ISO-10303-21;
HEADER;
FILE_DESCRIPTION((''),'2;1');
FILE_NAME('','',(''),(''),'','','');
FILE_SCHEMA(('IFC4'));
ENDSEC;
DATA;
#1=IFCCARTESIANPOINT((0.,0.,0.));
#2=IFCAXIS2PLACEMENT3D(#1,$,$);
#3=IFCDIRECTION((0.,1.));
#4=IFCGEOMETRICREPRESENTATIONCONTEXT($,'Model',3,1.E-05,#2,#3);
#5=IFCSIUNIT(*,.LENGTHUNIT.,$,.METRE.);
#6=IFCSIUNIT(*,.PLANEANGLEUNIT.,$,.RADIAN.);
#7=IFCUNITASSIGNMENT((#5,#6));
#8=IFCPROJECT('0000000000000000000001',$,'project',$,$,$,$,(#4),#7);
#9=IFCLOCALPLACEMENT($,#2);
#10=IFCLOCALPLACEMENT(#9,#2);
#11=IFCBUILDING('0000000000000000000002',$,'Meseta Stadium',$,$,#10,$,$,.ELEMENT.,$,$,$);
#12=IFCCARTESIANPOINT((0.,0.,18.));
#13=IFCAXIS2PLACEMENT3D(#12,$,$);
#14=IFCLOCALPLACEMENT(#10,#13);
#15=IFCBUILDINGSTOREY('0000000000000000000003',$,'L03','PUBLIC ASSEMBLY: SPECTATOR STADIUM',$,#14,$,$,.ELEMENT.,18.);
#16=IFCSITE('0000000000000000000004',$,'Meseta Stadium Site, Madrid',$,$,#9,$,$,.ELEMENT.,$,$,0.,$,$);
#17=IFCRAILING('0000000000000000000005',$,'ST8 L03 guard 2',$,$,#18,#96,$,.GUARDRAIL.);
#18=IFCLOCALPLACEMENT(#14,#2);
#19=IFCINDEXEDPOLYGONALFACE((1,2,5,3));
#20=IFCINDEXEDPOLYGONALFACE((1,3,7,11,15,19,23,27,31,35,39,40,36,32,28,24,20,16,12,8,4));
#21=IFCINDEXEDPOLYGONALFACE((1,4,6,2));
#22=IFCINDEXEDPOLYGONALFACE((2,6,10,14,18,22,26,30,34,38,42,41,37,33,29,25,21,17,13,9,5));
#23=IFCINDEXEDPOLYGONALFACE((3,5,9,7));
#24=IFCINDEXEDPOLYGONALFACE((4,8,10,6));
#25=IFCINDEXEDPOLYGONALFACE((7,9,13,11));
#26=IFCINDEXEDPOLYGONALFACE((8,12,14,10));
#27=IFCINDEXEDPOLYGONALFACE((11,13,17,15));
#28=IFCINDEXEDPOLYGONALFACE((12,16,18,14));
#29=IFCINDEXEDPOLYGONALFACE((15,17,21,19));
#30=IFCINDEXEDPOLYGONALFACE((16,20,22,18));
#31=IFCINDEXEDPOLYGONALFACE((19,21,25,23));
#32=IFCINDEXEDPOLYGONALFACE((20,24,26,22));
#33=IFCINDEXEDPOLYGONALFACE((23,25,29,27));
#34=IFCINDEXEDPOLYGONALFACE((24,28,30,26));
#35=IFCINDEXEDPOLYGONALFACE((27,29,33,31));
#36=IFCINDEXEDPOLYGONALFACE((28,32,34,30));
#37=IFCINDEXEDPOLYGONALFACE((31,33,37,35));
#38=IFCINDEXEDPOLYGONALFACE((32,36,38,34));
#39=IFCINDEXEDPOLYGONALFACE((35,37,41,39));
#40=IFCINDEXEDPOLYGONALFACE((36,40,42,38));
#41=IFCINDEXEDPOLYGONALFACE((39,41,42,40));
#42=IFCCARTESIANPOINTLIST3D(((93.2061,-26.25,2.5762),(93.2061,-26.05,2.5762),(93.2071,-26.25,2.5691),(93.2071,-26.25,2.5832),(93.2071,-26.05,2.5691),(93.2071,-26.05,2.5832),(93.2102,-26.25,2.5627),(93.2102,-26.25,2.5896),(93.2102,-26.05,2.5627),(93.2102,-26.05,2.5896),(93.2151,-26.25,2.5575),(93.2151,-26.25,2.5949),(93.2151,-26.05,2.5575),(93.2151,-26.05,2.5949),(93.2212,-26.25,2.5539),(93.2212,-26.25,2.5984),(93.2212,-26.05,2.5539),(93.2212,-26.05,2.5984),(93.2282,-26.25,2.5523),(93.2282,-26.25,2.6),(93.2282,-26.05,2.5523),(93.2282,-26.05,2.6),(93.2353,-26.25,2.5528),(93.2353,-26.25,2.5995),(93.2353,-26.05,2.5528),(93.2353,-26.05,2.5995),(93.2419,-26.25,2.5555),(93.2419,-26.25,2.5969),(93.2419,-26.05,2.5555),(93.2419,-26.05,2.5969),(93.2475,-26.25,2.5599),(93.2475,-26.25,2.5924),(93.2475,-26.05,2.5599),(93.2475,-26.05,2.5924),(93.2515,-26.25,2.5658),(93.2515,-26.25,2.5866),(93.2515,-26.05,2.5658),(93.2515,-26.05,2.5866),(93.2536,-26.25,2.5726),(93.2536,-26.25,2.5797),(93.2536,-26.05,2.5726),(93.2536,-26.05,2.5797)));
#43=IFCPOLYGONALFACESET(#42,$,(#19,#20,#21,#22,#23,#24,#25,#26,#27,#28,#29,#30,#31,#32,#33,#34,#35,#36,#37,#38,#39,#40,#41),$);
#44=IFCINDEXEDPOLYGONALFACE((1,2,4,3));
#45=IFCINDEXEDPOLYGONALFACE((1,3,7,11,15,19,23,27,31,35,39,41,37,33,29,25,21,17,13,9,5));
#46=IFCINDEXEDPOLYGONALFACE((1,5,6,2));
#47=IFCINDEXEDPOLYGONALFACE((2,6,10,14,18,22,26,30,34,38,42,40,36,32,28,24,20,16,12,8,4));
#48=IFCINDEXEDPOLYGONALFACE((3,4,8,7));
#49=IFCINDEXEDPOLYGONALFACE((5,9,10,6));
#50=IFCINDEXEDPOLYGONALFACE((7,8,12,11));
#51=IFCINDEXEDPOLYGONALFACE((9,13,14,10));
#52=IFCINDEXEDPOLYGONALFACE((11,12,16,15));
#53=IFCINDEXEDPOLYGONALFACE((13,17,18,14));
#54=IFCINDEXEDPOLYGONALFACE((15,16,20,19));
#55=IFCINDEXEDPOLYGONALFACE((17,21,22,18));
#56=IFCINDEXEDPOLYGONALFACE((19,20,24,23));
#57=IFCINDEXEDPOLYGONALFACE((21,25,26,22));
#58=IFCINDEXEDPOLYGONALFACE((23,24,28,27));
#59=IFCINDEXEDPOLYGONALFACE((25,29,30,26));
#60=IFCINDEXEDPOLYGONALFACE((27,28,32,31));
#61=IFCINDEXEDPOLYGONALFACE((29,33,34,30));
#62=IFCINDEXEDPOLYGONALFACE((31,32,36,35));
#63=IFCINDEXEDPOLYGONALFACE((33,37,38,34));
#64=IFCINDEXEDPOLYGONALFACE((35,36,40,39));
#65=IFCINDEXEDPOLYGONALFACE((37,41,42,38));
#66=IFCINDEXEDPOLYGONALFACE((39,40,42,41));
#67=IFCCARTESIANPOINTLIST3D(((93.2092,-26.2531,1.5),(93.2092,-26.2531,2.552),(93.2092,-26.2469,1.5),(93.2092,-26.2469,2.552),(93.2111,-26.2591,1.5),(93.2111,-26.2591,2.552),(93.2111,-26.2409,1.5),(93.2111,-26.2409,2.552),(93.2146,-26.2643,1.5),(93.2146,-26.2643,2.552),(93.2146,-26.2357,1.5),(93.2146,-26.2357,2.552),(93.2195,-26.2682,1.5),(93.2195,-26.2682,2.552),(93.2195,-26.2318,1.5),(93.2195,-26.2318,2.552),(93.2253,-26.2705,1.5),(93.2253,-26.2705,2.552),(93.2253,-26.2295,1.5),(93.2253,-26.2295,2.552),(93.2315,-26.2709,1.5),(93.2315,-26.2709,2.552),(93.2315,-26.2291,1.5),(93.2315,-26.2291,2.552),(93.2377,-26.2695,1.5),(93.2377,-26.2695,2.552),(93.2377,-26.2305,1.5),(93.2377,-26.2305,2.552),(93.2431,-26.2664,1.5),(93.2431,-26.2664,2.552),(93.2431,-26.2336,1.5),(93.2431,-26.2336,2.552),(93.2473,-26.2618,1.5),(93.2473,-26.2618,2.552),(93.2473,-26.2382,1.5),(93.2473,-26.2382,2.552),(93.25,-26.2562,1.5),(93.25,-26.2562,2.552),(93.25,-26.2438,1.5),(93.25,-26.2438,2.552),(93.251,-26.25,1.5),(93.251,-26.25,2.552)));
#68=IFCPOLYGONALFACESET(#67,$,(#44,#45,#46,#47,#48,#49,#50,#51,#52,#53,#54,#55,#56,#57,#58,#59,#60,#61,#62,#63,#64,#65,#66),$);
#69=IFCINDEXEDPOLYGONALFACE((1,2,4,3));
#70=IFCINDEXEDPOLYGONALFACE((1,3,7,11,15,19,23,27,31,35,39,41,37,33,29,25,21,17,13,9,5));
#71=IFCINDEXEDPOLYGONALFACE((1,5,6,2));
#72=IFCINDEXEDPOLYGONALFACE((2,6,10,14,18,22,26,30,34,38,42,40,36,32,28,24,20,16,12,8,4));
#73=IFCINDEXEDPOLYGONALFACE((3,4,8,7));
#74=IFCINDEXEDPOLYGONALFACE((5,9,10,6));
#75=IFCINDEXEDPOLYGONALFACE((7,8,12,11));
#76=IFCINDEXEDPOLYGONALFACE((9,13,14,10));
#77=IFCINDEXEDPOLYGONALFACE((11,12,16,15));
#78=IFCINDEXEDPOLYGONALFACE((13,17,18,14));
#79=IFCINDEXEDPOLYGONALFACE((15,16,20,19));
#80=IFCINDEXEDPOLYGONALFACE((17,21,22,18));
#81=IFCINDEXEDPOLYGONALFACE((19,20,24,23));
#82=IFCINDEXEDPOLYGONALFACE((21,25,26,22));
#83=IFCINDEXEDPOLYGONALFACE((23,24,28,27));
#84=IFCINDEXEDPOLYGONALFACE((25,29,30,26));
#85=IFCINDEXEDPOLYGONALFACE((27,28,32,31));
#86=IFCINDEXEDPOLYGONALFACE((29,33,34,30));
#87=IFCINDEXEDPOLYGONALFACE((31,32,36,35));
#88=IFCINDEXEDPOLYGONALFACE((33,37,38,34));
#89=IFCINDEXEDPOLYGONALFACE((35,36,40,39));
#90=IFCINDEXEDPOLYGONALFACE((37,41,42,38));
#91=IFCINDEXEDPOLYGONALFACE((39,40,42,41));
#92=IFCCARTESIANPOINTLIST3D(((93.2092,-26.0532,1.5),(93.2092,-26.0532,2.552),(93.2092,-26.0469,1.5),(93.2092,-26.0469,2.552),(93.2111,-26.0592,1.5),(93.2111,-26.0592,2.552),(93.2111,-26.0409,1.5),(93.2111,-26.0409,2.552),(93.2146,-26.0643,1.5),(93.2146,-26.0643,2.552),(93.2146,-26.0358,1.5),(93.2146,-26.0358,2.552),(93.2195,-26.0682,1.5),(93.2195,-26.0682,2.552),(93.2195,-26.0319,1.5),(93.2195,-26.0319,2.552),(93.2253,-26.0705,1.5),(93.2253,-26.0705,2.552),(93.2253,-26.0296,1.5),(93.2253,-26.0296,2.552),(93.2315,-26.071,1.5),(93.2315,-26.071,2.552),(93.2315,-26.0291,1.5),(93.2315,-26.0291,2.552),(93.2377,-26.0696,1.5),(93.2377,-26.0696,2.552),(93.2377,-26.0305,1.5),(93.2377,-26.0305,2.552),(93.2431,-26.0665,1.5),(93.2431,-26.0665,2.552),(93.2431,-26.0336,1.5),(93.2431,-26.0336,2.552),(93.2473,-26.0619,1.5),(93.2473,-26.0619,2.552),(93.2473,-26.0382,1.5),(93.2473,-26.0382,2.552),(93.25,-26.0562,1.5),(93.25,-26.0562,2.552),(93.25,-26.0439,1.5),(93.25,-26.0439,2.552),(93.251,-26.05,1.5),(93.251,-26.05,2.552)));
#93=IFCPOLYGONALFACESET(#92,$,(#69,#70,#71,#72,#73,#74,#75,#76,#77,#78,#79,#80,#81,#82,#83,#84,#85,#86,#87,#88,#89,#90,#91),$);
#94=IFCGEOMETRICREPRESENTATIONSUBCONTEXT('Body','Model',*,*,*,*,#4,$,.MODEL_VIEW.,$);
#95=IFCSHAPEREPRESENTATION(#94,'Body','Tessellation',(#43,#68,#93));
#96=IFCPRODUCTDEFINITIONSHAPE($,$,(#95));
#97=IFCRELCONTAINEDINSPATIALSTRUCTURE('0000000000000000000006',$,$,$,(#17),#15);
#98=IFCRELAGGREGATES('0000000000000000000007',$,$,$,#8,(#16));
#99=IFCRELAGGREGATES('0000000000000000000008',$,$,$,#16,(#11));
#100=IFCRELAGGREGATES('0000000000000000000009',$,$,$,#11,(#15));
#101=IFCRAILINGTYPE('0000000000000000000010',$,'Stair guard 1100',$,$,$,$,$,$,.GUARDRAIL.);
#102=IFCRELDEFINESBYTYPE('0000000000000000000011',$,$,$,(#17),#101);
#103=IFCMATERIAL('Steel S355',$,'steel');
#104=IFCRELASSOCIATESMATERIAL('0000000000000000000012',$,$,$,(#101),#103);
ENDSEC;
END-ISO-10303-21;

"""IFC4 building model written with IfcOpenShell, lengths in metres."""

from ifc_helpers import new_model, si_unit, direction, frame, origin, origin_2d, place, context, subcontext, project, spatial, circle, extrude, material, type_object, element, save


model = new_model("IFC4")

# Units and contexts
model_context = context("Model", 3, precision=1e-05, world=origin(), true_north=direction((0.0, 1.0)))
body_context = subcontext(model_context, "Body", "Model", "MODEL_VIEW")
ifc_project = project(units=[si_unit("LENGTHUNIT", "METRE"), si_unit("PLANEANGLEUNIT", "RADIAN")], contexts=[model_context])

# Site, building, storey
site_placement = place(None, origin())
site = spatial("IfcSite", under=ifc_project, at=site_placement, Name="Meseta Stadium Site, Madrid", CompositionType="ELEMENT", RefElevation=0.0)
building_placement = place(site_placement, origin())
building = spatial("IfcBuilding", under=site, at=building_placement, Name="Meseta Stadium", CompositionType="ELEMENT")
storey_placement = place(building_placement, frame((0.0, 0.0, 18.0)))
storey = spatial("IfcBuildingStorey", under=building, at=storey_placement, Name="L03", Description="PUBLIC ASSEMBLY: SPECTATOR STADIUM", CompositionType="ELEMENT", Elevation=18.0)

# Railing
ifc_material_1 = material(Name="Steel S355", Category="steel")
railing_type_1 = type_object("IfcRailingType", Name="Stair guard 1100", PredefinedType="GUARDRAIL", material=ifc_material_1)
railing_1_placement = place(storey_placement, frame((93.23, -26.25, 1.5)))
element("IfcRailing", 1, at=railing_1_placement, inside=storey, type_object=railing_type_1, Name="ST8 L03 guard 2", PredefinedType="GUARDRAIL", context=body_context, shape_type="SweptSolid", body=[
    extrude(circle(Radius=0.0239, at=origin_2d()), frame((0.0, 0.0, 1.0762), z_axis=(0.0, 1.0, 0.0), x_axis=(-1.0, 0.0, 0.0)), (0.0, 0.0, 1.0), 0.2),
    extrude(circle(Radius=0.021, at=origin_2d()), origin(), (0.0, 0.0, 1.0), 1.052),
    extrude(circle(Radius=0.021, at=origin_2d()), frame((0.0, 0.2, 0.0)), (0.0, 0.0, 1.0), 1.052),
])

save(model, "model.ifc")
